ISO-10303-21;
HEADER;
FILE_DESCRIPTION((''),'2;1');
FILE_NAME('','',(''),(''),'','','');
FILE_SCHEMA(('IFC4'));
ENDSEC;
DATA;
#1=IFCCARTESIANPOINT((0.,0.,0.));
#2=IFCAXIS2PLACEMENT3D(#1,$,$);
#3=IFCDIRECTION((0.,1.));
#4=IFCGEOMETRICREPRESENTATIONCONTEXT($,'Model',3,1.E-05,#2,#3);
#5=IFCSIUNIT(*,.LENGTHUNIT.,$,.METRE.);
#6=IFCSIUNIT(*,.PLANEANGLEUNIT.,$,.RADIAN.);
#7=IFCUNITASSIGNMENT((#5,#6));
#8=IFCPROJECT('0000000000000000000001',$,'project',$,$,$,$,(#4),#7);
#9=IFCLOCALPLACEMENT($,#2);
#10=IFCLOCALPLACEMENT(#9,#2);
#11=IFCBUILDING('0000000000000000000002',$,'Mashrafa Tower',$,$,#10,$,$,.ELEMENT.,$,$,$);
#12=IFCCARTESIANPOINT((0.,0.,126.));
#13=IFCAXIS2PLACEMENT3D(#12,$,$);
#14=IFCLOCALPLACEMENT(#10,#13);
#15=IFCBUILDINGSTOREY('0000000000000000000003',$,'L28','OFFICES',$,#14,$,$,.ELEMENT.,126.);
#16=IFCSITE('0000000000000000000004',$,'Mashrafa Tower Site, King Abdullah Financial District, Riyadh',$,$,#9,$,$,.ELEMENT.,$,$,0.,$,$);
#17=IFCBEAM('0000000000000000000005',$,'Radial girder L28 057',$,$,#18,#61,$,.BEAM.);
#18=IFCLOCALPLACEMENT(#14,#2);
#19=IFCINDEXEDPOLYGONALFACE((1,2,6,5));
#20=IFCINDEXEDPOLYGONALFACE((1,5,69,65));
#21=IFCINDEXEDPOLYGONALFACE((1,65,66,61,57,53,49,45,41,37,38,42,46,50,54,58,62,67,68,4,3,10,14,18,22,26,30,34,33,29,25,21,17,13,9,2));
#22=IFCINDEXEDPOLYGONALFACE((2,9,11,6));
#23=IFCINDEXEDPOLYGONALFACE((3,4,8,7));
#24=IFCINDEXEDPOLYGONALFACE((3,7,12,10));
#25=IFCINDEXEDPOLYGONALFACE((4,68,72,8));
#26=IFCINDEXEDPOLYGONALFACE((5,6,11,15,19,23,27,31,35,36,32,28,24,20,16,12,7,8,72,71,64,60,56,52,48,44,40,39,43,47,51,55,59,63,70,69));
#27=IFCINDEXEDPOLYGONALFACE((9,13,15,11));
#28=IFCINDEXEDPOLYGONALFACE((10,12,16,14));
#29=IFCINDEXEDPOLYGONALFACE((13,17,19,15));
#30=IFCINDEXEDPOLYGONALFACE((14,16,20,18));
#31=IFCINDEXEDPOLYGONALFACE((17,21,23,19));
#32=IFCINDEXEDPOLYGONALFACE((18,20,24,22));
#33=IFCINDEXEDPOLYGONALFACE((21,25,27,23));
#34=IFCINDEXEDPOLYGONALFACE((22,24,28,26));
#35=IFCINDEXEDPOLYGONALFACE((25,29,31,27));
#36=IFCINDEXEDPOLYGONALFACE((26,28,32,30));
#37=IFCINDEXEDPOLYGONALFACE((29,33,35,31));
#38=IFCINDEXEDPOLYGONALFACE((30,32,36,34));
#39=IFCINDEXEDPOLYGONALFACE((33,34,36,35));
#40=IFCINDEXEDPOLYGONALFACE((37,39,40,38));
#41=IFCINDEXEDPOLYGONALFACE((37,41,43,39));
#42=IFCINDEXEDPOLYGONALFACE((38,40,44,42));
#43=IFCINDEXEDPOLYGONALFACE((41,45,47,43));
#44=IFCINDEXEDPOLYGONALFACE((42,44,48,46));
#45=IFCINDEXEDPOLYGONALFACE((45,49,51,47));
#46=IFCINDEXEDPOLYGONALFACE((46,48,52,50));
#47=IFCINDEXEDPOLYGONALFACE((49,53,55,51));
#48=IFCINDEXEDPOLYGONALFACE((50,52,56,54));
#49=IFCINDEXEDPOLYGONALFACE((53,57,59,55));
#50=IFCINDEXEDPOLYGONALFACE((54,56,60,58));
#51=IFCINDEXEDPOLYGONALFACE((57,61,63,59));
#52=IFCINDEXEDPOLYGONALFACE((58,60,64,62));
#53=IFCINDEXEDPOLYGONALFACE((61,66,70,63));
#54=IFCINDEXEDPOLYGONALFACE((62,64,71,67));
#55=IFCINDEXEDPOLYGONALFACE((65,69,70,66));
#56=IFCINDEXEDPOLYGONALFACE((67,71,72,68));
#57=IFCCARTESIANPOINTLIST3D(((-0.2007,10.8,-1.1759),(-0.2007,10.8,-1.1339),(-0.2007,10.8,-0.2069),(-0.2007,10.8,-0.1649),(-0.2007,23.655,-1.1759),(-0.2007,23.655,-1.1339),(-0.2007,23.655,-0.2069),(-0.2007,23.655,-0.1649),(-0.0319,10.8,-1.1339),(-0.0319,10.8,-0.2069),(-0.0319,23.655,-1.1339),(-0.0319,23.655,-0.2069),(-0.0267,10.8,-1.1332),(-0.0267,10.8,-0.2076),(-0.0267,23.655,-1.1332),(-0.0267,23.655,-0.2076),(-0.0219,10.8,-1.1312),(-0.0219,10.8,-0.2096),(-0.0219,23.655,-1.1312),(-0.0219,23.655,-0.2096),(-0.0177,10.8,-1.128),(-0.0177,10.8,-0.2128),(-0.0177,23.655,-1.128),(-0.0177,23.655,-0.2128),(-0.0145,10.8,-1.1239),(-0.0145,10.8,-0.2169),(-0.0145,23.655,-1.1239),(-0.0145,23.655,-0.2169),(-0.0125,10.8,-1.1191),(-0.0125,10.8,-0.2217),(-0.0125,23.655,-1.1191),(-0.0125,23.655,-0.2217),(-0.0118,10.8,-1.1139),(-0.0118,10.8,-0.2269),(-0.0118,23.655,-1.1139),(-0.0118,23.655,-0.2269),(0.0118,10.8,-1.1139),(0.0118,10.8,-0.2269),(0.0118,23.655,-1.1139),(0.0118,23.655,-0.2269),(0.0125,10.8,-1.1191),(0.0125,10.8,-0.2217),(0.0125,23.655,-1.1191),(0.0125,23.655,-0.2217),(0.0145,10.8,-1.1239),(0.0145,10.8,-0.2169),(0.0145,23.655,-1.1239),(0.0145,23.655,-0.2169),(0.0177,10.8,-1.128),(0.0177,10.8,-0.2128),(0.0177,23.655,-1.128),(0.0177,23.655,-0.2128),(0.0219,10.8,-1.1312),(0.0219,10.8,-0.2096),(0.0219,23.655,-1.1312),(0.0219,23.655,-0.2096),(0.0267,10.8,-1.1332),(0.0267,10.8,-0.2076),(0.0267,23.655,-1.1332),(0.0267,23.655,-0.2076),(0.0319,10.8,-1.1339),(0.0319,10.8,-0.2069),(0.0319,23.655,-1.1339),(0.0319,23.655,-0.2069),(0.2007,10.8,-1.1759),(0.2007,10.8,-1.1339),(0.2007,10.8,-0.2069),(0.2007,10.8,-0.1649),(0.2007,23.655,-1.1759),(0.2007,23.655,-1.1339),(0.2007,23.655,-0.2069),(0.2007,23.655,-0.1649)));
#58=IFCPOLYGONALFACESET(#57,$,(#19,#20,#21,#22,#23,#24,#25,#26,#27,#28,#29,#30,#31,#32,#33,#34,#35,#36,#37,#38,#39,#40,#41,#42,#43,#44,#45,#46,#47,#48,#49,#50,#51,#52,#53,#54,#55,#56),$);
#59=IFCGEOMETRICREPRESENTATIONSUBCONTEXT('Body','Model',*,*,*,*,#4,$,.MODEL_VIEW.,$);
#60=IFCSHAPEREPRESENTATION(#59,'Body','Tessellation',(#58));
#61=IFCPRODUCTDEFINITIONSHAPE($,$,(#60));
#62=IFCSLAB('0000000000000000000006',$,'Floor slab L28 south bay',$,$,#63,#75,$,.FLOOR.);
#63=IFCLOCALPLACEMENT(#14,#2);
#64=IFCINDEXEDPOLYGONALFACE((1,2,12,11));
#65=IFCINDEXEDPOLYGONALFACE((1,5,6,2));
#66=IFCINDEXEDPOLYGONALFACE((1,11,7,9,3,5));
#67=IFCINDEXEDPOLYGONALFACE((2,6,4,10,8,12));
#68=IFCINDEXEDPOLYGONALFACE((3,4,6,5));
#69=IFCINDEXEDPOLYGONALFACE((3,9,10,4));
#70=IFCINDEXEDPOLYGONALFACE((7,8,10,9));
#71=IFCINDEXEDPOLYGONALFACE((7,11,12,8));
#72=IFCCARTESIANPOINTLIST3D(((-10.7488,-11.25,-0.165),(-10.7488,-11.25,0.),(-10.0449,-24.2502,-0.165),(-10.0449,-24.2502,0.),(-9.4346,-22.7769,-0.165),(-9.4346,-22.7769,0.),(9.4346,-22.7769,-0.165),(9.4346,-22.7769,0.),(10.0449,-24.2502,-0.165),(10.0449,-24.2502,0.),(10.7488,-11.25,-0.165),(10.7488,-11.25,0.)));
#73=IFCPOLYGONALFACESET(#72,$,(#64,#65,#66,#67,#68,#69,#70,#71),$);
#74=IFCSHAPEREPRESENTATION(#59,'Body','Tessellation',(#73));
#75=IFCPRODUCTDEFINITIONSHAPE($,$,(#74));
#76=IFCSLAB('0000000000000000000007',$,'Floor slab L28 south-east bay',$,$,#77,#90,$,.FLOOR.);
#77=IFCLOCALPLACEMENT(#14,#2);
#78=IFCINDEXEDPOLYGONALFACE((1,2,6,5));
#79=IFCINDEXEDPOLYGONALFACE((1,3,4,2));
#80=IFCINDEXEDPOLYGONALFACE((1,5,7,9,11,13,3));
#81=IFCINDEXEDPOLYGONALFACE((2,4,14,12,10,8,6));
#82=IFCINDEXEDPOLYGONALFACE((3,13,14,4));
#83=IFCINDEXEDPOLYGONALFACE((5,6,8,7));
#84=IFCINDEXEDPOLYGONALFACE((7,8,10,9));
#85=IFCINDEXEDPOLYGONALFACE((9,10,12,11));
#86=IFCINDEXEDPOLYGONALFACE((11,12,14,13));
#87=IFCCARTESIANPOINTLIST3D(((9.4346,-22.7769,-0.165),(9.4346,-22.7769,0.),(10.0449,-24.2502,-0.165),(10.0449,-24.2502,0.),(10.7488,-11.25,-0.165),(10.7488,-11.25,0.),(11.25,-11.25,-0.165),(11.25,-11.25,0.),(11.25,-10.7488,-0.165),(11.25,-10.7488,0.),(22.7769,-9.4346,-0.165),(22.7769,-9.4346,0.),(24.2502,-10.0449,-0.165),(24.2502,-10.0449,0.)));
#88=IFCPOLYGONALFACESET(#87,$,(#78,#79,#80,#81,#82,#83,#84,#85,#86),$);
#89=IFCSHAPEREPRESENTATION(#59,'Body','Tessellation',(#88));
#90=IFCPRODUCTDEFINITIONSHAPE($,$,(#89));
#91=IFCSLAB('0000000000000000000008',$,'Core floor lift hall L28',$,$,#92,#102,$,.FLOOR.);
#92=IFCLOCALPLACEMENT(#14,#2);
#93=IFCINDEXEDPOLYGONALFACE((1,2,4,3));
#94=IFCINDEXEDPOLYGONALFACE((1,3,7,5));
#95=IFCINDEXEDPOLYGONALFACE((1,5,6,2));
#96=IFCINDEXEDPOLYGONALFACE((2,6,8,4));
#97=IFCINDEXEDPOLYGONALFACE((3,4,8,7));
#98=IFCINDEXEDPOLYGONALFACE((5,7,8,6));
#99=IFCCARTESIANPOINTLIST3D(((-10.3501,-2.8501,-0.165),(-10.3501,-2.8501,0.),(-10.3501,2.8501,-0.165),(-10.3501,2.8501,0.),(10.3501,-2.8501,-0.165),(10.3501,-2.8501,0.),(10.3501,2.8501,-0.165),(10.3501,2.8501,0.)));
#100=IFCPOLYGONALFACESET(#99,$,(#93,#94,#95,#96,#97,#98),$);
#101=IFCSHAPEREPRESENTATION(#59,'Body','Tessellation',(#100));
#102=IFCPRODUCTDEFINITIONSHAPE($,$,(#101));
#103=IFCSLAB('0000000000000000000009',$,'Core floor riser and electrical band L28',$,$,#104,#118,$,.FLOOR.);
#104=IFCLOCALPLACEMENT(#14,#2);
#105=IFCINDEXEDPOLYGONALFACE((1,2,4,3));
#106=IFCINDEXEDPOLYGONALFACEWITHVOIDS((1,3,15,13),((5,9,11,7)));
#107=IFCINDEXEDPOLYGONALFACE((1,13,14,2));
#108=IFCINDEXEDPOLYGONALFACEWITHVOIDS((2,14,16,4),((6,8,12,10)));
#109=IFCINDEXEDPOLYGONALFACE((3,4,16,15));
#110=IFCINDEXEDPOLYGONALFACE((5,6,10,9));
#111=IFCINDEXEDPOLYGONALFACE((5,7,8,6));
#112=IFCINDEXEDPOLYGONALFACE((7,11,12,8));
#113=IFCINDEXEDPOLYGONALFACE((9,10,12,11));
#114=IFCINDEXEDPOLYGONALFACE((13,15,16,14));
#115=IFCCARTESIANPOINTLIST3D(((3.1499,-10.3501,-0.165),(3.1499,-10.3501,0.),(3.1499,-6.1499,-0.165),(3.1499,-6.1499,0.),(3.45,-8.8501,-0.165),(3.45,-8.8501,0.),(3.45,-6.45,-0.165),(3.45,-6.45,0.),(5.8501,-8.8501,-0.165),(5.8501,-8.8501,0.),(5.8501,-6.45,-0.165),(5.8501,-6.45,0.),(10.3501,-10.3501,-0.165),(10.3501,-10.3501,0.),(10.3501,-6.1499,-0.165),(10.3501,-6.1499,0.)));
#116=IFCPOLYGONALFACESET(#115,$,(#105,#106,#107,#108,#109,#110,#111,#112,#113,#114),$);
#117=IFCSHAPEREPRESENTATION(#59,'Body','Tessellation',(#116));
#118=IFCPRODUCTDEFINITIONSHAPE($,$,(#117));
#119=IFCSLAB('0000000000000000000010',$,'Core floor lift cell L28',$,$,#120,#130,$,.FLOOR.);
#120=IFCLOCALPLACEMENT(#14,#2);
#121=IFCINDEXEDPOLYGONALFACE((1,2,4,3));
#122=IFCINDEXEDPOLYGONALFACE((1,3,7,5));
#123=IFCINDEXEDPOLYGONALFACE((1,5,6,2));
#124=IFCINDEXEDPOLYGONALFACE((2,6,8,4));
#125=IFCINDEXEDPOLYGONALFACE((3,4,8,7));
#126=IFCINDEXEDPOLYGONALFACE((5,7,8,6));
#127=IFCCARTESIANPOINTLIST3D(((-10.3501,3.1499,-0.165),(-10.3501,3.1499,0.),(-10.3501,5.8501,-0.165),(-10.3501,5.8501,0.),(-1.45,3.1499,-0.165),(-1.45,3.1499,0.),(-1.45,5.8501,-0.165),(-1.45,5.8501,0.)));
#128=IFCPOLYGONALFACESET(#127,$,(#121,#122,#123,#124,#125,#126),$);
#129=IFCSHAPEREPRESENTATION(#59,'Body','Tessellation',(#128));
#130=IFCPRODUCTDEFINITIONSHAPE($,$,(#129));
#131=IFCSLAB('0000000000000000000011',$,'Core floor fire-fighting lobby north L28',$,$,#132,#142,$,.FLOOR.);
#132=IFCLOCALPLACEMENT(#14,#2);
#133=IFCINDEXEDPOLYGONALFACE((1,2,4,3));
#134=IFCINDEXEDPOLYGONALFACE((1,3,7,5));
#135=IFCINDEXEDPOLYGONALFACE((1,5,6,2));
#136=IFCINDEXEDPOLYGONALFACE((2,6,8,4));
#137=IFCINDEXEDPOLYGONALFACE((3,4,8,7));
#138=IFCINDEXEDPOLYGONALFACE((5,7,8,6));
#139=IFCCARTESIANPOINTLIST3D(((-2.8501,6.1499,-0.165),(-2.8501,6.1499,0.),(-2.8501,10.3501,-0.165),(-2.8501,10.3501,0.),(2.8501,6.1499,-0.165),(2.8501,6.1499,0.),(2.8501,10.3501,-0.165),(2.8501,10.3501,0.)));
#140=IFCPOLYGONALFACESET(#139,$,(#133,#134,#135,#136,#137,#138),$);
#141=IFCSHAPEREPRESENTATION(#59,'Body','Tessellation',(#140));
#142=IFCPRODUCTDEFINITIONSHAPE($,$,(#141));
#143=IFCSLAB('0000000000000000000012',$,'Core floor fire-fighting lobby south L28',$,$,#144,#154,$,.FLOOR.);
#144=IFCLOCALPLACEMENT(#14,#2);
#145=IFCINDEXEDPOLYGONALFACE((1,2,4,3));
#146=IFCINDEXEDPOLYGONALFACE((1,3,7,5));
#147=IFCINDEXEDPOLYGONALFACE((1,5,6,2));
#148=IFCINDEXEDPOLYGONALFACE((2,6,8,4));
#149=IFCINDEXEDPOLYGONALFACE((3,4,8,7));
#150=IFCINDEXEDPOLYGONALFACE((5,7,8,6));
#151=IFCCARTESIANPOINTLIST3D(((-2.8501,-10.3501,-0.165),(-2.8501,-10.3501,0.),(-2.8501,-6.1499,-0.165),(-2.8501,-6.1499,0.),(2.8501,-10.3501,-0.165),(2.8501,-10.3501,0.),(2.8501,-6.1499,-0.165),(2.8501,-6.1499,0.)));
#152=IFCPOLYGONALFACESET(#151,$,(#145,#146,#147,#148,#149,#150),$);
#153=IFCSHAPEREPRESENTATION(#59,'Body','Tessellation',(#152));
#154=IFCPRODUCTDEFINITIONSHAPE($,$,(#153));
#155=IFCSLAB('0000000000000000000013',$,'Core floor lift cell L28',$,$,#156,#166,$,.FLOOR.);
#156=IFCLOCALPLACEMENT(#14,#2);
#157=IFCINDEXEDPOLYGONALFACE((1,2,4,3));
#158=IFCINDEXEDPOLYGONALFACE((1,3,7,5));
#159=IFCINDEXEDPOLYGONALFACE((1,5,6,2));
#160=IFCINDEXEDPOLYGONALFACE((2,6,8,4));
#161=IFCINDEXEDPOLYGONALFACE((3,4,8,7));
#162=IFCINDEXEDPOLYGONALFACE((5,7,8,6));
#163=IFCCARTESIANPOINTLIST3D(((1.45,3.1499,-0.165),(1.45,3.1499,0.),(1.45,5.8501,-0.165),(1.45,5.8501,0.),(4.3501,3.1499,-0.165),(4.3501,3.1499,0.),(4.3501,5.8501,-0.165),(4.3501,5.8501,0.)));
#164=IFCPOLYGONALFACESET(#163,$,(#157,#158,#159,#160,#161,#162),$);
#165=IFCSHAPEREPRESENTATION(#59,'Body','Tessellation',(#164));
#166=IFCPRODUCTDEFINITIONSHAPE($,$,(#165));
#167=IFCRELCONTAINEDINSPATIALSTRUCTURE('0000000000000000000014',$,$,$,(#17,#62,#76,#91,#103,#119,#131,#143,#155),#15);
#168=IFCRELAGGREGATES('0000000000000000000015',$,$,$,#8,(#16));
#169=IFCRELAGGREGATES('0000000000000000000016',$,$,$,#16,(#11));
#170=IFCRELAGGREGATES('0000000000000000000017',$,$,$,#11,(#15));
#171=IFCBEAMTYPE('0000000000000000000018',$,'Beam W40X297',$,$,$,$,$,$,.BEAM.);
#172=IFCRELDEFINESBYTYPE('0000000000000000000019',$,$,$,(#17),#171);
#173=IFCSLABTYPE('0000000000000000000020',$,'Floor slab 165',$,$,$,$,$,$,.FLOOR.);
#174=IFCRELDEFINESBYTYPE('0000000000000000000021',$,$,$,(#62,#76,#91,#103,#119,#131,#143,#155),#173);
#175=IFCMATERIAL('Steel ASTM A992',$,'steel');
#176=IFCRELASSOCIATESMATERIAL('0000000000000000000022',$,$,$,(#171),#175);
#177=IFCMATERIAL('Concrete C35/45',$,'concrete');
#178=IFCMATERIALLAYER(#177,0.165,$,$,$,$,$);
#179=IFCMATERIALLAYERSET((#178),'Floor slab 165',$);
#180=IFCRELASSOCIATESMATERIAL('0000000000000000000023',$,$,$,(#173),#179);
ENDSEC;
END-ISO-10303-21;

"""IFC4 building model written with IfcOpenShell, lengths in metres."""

from ifc_helpers import new_model, si_unit, direction, frame, origin, origin_2d, place, context, subcontext, project, spatial, polyline, i_section, outline, extrude, material, layer, layer_set, material_profile, profile_set, type_object, element, save


model = new_model("IFC4")

# Units and contexts
model_context = context("Model", 3, precision=1e-05, world=origin(), true_north=direction((0.0, 1.0)))
body_context = subcontext(model_context, "Body", "Model", "MODEL_VIEW")
ifc_project = project(units=[si_unit("LENGTHUNIT", "METRE"), si_unit("PLANEANGLEUNIT", "RADIAN")], contexts=[model_context])

# Site, building, storey
site_placement = place(None, origin())
site = spatial("IfcSite", under=ifc_project, at=site_placement, Name="Mashrafa Tower Site, King Abdullah Financial District, Riyadh", CompositionType="ELEMENT", RefElevation=0.0)
building_placement = place(site_placement, origin())
building = spatial("IfcBuilding", under=site, at=building_placement, Name="Mashrafa Tower", CompositionType="ELEMENT")
storey_placement = place(building_placement, frame((0.0, 0.0, 126.0)))
storey = spatial("IfcBuildingStorey", under=building, at=storey_placement, Name="L28", Description="OFFICES", CompositionType="ELEMENT", Elevation=126.0)

# Beam
ifc_material_1 = material(Name="Steel ASTM A992", Category="steel")
ifc_material_profile = material_profile(ifc_material_1, i_section(OverallWidth=0.4014, OverallDepth=1.011, WebThickness=0.0237, FlangeThickness=0.042, FilletRadius=0.02, at=origin_2d()), Name="W40X297")
ifc_profile_set = profile_set([ifc_material_profile], Name="Steel ASTM A992")
beam_type = type_object("IfcBeamType", Name="Beam W40X297", PredefinedType="BEAM", material=ifc_profile_set)
beam_placement = place(storey_placement, frame((0.0, 10.8, -0.6704), z_axis=(0.0, 1.0, 0.0), x_axis=(-1.0, 0.0, 0.0)))
element("IfcBeam", 1, at=beam_placement, inside=storey, type_object=beam_type, Name="Radial girder L28 057", PredefinedType="BEAM", context=body_context, shape_type="SweptSolid", body=[
    extrude(i_section(OverallWidth=0.4014, OverallDepth=1.011, WebThickness=0.0237, FlangeThickness=0.042, FilletRadius=0.02, at=origin_2d()), origin(), (0.0, 0.0, 1.0), 12.855),
])

# Slabs
ifc_material_2 = material(Name="Concrete C35/45", Category="concrete")
ifc_layer_1 = layer(ifc_material_2, 0.165)
ifc_layer_set_1 = layer_set([ifc_layer_1], Name="Floor slab 165")
slab_type = type_object("IfcSlabType", Name="Floor slab 165", PredefinedType="FLOOR", material=ifc_layer_set_1)
slab_1_placement = place(storey_placement, frame((0.0, 0.0, -0.165)))
element("IfcSlab", 2, at=slab_1_placement, inside=storey, type_object=slab_type, Name="Floor slab L28 south bay", PredefinedType="FLOOR", context=body_context, shape_type="SweptSolid", body=[
    extrude(outline(polyline([(-10.0449, -24.2502), (-10.0449, -24.2502), (-9.4346, -22.7769), (-10.7488, -11.25), (10.7488, -11.25), (9.4346, -22.7769), (10.0449, -24.2502), (10.0449, -24.2502), (-10.0449, -24.2502)])), origin(), (0.0, 0.0, 1.0), 0.165),
])
slab_2_placement = place(storey_placement, frame((0.0, 0.0, -0.165)))
element("IfcSlab", 3, at=slab_2_placement, inside=storey, type_object=slab_type, Name="Floor slab L28 south-east bay", PredefinedType="FLOOR", context=body_context, shape_type="SweptSolid", body=[
    extrude(outline(polyline([(10.0449, -24.2502), (9.4346, -22.7769), (10.7488, -11.25), (11.25, -11.25), (11.25, -10.7488), (22.7769, -9.4346), (24.2502, -10.0449), (10.0449, -24.2502)])), origin(), (0.0, 0.0, 1.0), 0.165),
])
slab_3_placement = place(storey_placement, frame((0.0, 0.0, -0.165)))
element("IfcSlab", 4, at=slab_3_placement, inside=storey, type_object=slab_type, Name="Core floor lift hall L28", PredefinedType="FLOOR", context=body_context, shape_type="SweptSolid", body=[
    extrude(outline(polyline([(-10.3501, 2.8501), (10.3501, 2.8501), (10.3501, -2.8501), (-10.3501, -2.8501), (-10.3501, 2.8501)])), origin(), (0.0, 0.0, 1.0), 0.165),
])
slab_4_placement = place(storey_placement, frame((0.0, 0.0, -0.165)))
element("IfcSlab", 5, at=slab_4_placement, inside=storey, type_object=slab_type, Name="Core floor riser and electrical band L28", PredefinedType="FLOOR", context=body_context, shape_type="SweptSolid", body=[
    extrude(outline(polyline([(10.3501, -6.1499), (10.3501, -10.3501), (3.1499, -10.3501), (3.1499, -6.1499), (10.3501, -6.1499)]), holes=[polyline([(3.45, -8.8501), (5.8501, -8.8501), (5.8501, -6.45), (3.45, -6.45), (3.45, -8.8501)])]), origin(), (0.0, 0.0, 1.0), 0.165),
])
slab_5_placement = place(storey_placement, frame((0.0, 0.0, -0.165)))
element("IfcSlab", 6, at=slab_5_placement, inside=storey, type_object=slab_type, Name="Core floor lift cell L28", PredefinedType="FLOOR", context=body_context, shape_type="SweptSolid", body=[
    extrude(outline(polyline([(-1.45, 3.1499), (-10.3501, 3.1499), (-10.3501, 5.8501), (-1.45, 5.8501), (-1.45, 3.1499)])), origin(), (0.0, 0.0, 1.0), 0.165),
])
slab_6_placement = place(storey_placement, frame((0.0, 0.0, -0.165)))
element("IfcSlab", 7, at=slab_6_placement, inside=storey, type_object=slab_type, Name="Core floor fire-fighting lobby north L28", PredefinedType="FLOOR", context=body_context, shape_type="SweptSolid", body=[
    extrude(outline(polyline([(-2.8501, 10.3501), (2.8501, 10.3501), (2.8501, 6.1499), (-2.8501, 6.1499), (-2.8501, 10.3501)])), origin(), (0.0, 0.0, 1.0), 0.165),
])
slab_7_placement = place(storey_placement, frame((0.0, 0.0, -0.165)))
element("IfcSlab", 8, at=slab_7_placement, inside=storey, type_object=slab_type, Name="Core floor fire-fighting lobby south L28", PredefinedType="FLOOR", context=body_context, shape_type="SweptSolid", body=[
    extrude(outline(polyline([(2.8501, -6.1499), (2.8501, -10.3501), (-2.8501, -10.3501), (-2.8501, -6.1499), (2.8501, -6.1499)])), origin(), (0.0, 0.0, 1.0), 0.165),
])
slab_8_placement = place(storey_placement, frame((0.0, 0.0, -0.165)))
element("IfcSlab", 9, at=slab_8_placement, inside=storey, type_object=slab_type, Name="Core floor lift cell L28", PredefinedType="FLOOR", context=body_context, shape_type="SweptSolid", body=[
    extrude(outline(polyline([(4.3501, 5.8501), (4.3501, 3.1499), (1.45, 3.1499), (1.45, 5.8501), (4.3501, 5.8501)])), origin(), (0.0, 0.0, 1.0), 0.165),
])

save(model, "model.ifc")
